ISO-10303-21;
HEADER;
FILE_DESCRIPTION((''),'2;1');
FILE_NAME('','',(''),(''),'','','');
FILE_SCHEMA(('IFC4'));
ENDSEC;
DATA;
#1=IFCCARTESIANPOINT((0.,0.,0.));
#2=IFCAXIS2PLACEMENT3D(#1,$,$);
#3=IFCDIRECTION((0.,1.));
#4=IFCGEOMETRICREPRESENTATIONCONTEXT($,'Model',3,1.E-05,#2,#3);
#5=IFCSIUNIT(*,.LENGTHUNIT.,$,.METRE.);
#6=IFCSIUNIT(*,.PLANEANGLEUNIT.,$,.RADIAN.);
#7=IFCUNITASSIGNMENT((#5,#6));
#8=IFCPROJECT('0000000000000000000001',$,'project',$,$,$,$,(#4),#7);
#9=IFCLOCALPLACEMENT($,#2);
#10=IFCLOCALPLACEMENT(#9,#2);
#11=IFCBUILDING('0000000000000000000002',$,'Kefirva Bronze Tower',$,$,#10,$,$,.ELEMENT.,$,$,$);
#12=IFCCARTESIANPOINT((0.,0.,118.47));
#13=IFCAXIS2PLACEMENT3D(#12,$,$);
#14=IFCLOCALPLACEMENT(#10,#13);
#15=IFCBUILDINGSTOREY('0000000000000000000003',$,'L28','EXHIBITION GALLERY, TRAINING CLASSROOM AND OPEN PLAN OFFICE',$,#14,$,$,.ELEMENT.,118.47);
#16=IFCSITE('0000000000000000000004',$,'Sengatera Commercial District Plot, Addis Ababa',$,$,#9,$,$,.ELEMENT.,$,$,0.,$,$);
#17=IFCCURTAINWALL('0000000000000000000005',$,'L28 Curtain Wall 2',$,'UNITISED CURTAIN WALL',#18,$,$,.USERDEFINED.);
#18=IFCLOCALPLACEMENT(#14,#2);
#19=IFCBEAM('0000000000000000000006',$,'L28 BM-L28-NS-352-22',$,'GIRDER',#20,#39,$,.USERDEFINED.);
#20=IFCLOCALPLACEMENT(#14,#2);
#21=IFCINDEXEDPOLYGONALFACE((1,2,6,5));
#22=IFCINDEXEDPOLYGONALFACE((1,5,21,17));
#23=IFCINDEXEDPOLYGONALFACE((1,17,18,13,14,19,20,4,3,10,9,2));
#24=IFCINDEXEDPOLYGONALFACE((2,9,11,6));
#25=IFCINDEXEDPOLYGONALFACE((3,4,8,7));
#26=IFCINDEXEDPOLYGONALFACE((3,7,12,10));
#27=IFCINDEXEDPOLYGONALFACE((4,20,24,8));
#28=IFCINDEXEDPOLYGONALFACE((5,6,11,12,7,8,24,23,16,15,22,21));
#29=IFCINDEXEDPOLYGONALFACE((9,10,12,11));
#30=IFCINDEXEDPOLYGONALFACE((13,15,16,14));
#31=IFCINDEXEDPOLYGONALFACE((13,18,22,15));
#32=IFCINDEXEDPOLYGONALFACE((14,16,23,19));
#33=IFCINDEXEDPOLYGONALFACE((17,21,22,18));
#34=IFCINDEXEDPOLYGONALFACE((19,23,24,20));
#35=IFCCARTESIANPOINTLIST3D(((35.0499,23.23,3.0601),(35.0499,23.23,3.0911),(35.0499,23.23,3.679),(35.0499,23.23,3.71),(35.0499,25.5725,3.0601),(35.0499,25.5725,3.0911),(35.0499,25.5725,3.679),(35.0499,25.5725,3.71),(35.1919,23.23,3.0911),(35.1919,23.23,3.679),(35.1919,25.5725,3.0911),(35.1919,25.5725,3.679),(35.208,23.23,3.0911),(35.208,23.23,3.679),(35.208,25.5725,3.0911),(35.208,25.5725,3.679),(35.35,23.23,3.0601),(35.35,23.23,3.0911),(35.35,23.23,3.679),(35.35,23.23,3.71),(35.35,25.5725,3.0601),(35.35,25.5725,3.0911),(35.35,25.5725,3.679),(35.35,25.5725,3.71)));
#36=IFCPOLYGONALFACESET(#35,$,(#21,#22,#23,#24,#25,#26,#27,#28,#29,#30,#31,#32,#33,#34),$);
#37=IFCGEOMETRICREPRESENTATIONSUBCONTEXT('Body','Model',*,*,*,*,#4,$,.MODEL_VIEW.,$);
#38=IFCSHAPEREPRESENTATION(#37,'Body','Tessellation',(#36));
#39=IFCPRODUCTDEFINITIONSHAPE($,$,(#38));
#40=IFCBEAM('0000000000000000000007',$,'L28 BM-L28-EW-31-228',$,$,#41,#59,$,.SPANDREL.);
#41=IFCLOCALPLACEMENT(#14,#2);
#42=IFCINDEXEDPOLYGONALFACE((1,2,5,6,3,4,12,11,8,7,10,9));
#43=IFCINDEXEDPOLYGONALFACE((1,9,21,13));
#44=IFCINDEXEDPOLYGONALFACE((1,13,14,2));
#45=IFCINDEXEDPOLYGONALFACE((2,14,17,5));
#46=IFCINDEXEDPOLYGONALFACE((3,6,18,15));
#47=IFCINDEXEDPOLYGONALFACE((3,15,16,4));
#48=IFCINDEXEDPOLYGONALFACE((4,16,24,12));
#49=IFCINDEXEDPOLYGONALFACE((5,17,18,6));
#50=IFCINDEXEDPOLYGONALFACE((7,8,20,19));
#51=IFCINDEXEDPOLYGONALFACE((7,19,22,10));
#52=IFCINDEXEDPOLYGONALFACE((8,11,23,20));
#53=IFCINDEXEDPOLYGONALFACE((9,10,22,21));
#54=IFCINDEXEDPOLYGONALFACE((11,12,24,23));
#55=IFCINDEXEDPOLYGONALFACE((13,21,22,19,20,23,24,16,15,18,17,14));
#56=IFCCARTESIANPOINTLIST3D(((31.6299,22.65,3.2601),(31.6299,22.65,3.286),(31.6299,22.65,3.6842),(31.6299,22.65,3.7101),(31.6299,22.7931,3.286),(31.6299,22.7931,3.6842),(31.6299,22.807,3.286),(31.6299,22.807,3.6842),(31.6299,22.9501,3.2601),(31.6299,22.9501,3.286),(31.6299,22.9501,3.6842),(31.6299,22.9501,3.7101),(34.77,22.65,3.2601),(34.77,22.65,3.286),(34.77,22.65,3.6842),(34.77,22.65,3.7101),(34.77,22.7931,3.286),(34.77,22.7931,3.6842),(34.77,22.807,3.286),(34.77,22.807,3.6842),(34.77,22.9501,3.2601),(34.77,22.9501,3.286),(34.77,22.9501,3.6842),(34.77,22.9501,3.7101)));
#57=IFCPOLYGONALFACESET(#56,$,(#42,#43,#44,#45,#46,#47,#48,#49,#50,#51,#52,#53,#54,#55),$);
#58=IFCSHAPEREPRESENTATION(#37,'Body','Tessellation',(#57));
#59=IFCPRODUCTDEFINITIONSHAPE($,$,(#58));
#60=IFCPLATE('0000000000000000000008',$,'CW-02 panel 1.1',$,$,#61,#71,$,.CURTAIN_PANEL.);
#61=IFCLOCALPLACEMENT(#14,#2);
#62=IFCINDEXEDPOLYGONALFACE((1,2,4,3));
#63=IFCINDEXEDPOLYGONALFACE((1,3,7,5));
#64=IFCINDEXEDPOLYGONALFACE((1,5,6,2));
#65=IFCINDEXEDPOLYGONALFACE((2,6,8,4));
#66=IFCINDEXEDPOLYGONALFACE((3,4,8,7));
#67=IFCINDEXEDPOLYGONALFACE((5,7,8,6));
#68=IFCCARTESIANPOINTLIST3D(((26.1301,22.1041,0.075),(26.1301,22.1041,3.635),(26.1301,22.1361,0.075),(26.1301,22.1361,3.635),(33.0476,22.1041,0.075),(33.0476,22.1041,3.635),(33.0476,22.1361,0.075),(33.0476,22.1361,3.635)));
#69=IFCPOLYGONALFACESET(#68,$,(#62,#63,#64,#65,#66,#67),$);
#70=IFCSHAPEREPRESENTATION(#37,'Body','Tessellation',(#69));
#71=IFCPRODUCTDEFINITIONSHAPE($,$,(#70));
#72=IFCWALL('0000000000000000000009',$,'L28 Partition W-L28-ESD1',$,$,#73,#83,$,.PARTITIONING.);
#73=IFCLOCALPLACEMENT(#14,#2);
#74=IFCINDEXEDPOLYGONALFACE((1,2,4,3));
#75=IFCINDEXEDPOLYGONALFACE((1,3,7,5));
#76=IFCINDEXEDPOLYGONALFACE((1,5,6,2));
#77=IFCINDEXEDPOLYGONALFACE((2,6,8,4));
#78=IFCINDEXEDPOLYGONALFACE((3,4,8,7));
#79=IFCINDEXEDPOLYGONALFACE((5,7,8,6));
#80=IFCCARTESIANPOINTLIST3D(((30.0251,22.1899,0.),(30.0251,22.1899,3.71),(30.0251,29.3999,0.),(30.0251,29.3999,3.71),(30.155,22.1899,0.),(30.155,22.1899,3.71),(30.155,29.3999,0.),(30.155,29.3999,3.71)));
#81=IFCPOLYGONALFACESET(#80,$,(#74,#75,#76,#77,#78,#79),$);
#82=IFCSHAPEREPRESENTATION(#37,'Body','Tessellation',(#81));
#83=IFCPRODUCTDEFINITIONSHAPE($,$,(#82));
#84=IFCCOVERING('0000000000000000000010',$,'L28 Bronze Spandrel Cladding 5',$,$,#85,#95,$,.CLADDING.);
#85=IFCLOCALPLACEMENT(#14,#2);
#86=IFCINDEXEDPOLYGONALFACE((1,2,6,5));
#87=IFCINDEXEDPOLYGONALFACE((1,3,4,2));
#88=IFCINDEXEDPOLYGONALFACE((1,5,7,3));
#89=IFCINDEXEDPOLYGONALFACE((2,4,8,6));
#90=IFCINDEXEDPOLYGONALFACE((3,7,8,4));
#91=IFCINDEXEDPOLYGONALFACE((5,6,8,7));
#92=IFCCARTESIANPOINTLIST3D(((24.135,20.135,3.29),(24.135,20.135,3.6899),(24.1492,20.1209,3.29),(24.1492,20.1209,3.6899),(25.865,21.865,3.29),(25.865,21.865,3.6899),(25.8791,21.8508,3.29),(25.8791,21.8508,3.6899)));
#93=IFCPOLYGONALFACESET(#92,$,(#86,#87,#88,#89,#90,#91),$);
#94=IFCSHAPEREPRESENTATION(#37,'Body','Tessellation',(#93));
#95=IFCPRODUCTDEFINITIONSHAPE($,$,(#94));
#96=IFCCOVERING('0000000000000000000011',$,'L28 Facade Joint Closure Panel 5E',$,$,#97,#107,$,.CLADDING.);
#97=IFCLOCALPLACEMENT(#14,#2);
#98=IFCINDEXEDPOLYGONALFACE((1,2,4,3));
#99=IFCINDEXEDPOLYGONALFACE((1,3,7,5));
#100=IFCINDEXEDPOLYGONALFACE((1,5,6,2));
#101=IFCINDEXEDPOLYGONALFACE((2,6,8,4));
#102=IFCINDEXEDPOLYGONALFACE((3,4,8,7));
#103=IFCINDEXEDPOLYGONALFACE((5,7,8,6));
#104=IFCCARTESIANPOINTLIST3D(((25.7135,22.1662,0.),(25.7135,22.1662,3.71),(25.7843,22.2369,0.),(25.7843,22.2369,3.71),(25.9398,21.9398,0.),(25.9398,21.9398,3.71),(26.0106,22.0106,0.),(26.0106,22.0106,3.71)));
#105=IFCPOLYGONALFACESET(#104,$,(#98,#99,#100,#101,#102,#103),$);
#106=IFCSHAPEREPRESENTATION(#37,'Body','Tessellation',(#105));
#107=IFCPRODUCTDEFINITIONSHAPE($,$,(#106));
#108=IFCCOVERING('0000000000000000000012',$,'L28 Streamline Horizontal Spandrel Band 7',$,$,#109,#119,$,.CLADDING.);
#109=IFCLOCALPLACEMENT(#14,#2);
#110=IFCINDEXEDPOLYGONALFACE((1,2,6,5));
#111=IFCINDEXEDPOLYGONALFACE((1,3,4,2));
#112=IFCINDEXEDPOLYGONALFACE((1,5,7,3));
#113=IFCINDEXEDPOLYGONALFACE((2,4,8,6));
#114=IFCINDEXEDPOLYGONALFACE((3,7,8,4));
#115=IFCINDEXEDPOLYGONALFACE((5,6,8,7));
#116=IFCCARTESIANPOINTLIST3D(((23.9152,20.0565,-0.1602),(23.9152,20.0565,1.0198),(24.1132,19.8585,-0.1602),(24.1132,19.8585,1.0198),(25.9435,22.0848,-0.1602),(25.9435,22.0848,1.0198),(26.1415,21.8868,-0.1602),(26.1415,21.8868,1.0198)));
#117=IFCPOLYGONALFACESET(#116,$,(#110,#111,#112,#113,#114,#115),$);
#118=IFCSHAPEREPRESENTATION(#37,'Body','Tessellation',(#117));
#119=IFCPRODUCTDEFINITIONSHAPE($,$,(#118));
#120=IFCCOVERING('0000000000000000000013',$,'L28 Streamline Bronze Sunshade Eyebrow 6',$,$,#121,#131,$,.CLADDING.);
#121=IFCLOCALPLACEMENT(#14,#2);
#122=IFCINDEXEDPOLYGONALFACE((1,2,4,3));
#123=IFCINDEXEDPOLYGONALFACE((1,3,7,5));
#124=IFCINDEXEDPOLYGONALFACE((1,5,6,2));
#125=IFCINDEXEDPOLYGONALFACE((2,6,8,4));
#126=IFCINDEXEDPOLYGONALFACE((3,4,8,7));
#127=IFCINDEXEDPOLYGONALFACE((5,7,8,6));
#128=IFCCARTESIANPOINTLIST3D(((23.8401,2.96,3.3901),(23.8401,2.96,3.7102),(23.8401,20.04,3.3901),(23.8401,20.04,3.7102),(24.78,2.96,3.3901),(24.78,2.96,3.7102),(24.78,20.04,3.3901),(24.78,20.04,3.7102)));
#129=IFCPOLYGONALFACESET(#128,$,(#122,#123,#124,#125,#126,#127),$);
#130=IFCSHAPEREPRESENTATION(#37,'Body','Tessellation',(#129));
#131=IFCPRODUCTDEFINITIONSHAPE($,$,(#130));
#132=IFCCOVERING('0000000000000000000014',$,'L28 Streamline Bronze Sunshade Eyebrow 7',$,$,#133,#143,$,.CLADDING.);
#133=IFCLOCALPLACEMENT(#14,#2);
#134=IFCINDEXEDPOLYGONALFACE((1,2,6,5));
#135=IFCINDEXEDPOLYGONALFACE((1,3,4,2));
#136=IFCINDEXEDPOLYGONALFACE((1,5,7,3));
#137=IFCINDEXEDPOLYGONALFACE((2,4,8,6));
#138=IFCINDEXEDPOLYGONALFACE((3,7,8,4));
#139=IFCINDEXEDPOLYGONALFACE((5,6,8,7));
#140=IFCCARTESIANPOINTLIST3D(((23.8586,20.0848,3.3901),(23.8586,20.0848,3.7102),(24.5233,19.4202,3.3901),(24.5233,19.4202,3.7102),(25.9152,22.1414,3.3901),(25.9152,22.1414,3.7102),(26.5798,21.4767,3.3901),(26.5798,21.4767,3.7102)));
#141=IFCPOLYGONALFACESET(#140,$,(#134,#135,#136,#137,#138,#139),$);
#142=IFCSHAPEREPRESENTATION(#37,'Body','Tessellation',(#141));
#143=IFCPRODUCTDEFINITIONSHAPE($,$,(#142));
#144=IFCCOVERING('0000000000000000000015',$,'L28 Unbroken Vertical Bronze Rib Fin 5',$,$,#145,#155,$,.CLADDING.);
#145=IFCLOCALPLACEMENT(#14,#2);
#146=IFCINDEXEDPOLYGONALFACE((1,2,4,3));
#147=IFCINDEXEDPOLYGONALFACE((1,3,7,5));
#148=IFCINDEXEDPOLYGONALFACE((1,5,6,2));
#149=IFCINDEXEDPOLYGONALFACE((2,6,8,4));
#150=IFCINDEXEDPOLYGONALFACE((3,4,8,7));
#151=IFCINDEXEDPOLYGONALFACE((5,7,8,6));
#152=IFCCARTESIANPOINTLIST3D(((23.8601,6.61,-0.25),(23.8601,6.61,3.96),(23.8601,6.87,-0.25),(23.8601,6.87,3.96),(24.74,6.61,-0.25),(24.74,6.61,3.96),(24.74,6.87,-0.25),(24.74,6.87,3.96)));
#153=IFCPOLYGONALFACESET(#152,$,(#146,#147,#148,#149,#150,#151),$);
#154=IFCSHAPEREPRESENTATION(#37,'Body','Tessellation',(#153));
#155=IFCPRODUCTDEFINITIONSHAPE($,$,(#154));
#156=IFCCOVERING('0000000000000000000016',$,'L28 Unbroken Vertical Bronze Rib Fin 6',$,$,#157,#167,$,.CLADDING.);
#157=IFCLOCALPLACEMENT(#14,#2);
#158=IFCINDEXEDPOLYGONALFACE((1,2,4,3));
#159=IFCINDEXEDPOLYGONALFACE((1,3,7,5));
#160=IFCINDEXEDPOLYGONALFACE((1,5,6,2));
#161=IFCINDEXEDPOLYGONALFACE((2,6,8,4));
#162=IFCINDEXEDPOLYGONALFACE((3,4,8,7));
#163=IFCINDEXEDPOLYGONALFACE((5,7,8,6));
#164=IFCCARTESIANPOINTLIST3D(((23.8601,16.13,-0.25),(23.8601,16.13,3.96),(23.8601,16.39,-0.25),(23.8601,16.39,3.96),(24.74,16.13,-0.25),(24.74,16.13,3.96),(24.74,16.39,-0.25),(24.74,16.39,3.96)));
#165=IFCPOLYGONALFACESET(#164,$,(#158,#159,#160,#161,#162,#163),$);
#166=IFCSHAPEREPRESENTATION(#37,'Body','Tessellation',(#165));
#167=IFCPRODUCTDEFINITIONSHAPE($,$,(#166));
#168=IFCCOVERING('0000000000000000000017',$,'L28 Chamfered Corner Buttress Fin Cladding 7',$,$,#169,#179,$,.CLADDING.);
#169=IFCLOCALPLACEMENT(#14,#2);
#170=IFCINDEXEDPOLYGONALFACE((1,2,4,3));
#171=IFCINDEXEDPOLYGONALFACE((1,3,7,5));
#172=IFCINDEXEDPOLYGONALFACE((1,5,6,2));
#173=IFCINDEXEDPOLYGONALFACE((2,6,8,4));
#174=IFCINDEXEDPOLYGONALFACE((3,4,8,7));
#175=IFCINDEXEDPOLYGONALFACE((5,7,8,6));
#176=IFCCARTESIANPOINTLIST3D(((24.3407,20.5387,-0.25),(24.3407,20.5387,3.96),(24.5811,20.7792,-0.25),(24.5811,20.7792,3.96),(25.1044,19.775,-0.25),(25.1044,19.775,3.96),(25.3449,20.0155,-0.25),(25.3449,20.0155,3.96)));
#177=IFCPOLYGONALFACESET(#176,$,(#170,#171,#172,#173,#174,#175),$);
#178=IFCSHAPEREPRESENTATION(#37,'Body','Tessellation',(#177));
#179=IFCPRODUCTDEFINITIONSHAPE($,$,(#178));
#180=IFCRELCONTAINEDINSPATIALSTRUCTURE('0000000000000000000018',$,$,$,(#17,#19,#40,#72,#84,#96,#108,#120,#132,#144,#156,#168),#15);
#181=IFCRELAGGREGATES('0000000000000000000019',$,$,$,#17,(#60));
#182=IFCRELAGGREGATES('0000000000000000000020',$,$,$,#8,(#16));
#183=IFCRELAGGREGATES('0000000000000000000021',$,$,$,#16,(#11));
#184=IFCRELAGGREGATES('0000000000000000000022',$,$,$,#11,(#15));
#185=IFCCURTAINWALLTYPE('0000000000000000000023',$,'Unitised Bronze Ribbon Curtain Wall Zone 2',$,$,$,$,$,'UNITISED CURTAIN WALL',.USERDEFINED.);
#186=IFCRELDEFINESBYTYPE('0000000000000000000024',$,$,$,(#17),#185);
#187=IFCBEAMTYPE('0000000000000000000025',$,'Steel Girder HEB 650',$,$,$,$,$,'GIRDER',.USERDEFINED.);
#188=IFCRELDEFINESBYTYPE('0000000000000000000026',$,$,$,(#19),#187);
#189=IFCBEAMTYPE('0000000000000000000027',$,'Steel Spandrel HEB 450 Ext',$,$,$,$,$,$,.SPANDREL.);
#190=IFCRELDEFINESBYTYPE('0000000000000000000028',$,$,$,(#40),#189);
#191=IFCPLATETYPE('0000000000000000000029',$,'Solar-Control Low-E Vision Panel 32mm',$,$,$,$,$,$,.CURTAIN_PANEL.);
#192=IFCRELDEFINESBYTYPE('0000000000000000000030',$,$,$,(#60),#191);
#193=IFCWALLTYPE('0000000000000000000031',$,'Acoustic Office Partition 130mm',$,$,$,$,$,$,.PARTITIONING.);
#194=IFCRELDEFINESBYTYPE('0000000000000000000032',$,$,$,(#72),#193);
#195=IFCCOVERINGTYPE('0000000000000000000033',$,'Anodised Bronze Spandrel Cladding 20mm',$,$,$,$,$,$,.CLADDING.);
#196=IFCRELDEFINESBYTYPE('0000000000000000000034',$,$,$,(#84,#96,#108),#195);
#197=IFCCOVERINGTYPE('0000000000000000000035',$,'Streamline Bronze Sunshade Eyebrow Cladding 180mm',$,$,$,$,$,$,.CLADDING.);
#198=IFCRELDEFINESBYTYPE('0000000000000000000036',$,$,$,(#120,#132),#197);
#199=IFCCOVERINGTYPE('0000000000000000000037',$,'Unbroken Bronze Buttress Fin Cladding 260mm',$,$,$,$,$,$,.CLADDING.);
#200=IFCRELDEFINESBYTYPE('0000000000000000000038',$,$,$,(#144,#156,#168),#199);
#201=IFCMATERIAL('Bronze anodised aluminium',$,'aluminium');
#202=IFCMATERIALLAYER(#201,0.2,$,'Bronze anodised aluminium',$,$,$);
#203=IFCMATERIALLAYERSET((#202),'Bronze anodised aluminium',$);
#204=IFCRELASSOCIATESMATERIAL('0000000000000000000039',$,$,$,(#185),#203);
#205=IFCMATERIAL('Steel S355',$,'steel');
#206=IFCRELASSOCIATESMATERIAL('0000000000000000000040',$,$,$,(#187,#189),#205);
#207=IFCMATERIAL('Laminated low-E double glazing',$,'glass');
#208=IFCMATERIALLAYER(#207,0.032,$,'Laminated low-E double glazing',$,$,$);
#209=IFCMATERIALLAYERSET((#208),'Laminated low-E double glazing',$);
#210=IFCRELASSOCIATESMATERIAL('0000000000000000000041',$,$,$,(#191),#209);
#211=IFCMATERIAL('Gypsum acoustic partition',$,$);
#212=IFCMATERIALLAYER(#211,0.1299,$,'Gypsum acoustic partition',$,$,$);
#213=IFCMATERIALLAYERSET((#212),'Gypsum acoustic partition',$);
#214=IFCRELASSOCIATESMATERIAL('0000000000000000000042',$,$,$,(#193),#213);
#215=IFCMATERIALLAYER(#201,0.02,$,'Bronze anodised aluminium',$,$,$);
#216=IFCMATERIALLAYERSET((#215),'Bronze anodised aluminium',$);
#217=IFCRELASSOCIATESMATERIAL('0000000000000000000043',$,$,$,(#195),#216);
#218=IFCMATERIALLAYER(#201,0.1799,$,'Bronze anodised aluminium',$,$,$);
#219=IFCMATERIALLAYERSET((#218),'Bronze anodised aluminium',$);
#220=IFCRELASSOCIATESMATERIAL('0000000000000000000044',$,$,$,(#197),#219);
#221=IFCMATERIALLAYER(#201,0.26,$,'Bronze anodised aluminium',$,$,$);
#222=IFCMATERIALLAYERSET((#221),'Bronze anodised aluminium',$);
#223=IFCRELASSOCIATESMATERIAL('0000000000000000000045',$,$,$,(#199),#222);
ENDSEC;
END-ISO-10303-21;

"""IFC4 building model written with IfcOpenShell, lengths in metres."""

from ifc_helpers import new_model, si_unit, direction, frame, frame_2d, origin, origin_2d, place, context, subcontext, project, spatial, rectangle, i_section, extrude, material, layer, layer_set, material_profile, profile_set, type_object, element, aggregate, save


model = new_model("IFC4")

# Units and contexts
model_context = context("Model", 3, precision=1e-05, world=origin(), true_north=direction((0.0, 1.0)))
body_context = subcontext(model_context, "Body", "Model", "MODEL_VIEW")
ifc_project = project(units=[si_unit("LENGTHUNIT", "METRE"), si_unit("PLANEANGLEUNIT", "RADIAN")], contexts=[model_context])

# Site, building, storey
site_placement = place(None, origin())
site = spatial("IfcSite", under=ifc_project, at=site_placement, Name="Sengatera Commercial District Plot, Addis Ababa", CompositionType="ELEMENT", RefElevation=0.0)
building_placement = place(site_placement, origin())
building = spatial("IfcBuilding", under=site, at=building_placement, Name="Kefirva Bronze Tower", CompositionType="ELEMENT")
storey_placement = place(building_placement, frame((0.0, 0.0, 118.47)))
storey = spatial("IfcBuildingStorey", under=building, at=storey_placement, Name="L28", Description="EXHIBITION GALLERY, TRAINING CLASSROOM AND OPEN PLAN OFFICE", CompositionType="ELEMENT", Elevation=118.47)

# Curtain wall
ifc_material_1 = material(Name="Bronze anodised aluminium", Category="aluminium")
ifc_layer_1 = layer(ifc_material_1, 0.2, Name="Bronze anodised aluminium")
ifc_layer_set_1 = layer_set([ifc_layer_1], Name="Bronze anodised aluminium")
curtain_wall_type = type_object("IfcCurtainWallType", Name="Unitised Bronze Ribbon Curtain Wall Zone 2", ElementType="UNITISED CURTAIN WALL", PredefinedType="USERDEFINED", material=ifc_layer_set_1)
curtain_wall_placement = place(storey_placement, origin())
curtain_wall = element("IfcCurtainWall", 1, at=curtain_wall_placement, inside=storey, type_object=curtain_wall_type, Name="L28 Curtain Wall 2", ObjectType="UNITISED CURTAIN WALL", PredefinedType="USERDEFINED")

# Beams
ifc_material_2 = material(Name="Steel S355", Category="steel")
ifc_material_profile_1 = material_profile(ifc_material_2, i_section(OverallWidth=0.3, OverallDepth=0.6499, WebThickness=0.0161, FlangeThickness=0.031, at=origin_2d()), Name="HEB 650")
ifc_profile_set_1 = profile_set([ifc_material_profile_1], Name="Steel S355")
beam_type_1 = type_object("IfcBeamType", Name="Steel Girder HEB 650", ElementType="GIRDER", PredefinedType="USERDEFINED", material=ifc_profile_set_1)
for number, where, z_axis, x_axis, name in (
    (2, (35.2, 23.23, 3.385), (0.0, 1.0, 0.0), (-1.0, 0.0, 0.0), "L28 BM-L28-NS-352-22"),
):
    element("IfcBeam", number, at=place(storey_placement, frame(where, z_axis=z_axis, x_axis=x_axis)), inside=storey, type_object=beam_type_1, Name=name, ObjectType="GIRDER", PredefinedType="USERDEFINED", context=body_context, shape_type="SweptSolid", body=[
        extrude(i_section(OverallWidth=0.3, OverallDepth=0.6499, WebThickness=0.0161, FlangeThickness=0.031, at=origin_2d()), origin(), (0.0, 0.0, 1.0), 2.3425),
    ])
ifc_material_profile_2 = material_profile(ifc_material_2, i_section(OverallWidth=0.3, OverallDepth=0.45, WebThickness=0.0139, FlangeThickness=0.0259, at=origin_2d()), Name="HEB 450")
ifc_profile_set_2 = profile_set([ifc_material_profile_2], Name="Steel S355")
beam_type_2 = type_object("IfcBeamType", Name="Steel Spandrel HEB 450 Ext", PredefinedType="SPANDREL", material=ifc_profile_set_2)
beam_1_placement = place(storey_placement, frame((31.6299, 22.8, 3.4851), z_axis=(1.0, 0.0, 0.0), x_axis=(0.0, 1.0, 0.0)))
element("IfcBeam", 3, at=beam_1_placement, inside=storey, type_object=beam_type_2, Name="L28 BM-L28-EW-31-228", PredefinedType="SPANDREL", context=body_context, shape_type="SweptSolid", body=[
    extrude(i_section(OverallWidth=0.3, OverallDepth=0.45, WebThickness=0.0139, FlangeThickness=0.0259, at=origin_2d()), origin(), (0.0, 0.0, 1.0), 3.1401),
])

# Plate
ifc_material_3 = material(Name="Laminated low-E double glazing", Category="glass")
ifc_layer_2 = layer(ifc_material_3, 0.032, Name="Laminated low-E double glazing")
ifc_layer_set_2 = layer_set([ifc_layer_2], Name="Laminated low-E double glazing")
plate_type = type_object("IfcPlateType", Name="Solar-Control Low-E Vision Panel 32mm", PredefinedType="CURTAIN_PANEL", material=ifc_layer_set_2)
plate_placement = place(storey_placement, frame((29.5889, 22.1201, 0.075), z_axis=(0.0, 0.0, 1.0), x_axis=(1.0, 0.0, 0.0)))
plate = element("IfcPlate", 4, at=plate_placement, type_object=plate_type, Name="CW-02 panel 1.1", PredefinedType="CURTAIN_PANEL", context=body_context, shape_type="SweptSolid", body=[
    extrude(rectangle(XDim=6.9175, YDim=0.032, at=origin_2d()), origin(), (0.0, 0.0, 1.0), 3.5601),
])
aggregate(curtain_wall, [plate])

# Wall
ifc_material_4 = material(Name="Gypsum acoustic partition")
ifc_layer_3 = layer(ifc_material_4, 0.1299, Name="Gypsum acoustic partition")
ifc_layer_set_3 = layer_set([ifc_layer_3], Name="Gypsum acoustic partition")
wall_type = type_object("IfcWallType", Name="Acoustic Office Partition 130mm", PredefinedType="PARTITIONING", material=ifc_layer_set_3)
wall_placement = place(storey_placement, frame((30.0901, 22.1899, 0.0), z_axis=(0.0, 0.0, 1.0), x_axis=(0.0, 1.0, 0.0)))
element("IfcWall", 5, at=wall_placement, inside=storey, type_object=wall_type, Name="L28 Partition W-L28-ESD1", PredefinedType="PARTITIONING", context=body_context, shape_type="SweptSolid", body=[
    extrude(rectangle(XDim=7.21, YDim=0.1299, at=frame_2d((3.605, 0.0))), origin(), (0.0, 0.0, 1.0), 3.71),
])

# Coverings
ifc_layer_4 = layer(ifc_material_1, 0.02, Name="Bronze anodised aluminium")
ifc_layer_set_4 = layer_set([ifc_layer_4], Name="Bronze anodised aluminium")
covering_type_1 = type_object("IfcCoveringType", Name="Anodised Bronze Spandrel Cladding 20mm", PredefinedType="CLADDING", material=ifc_layer_set_4)
covering_1_placement = place(storey_placement, frame((25.0071, 20.9929, 3.29), z_axis=(0.0, 0.0, 1.0), x_axis=(0.707107, 0.707107, 0.0)))
element("IfcCovering", 6, at=covering_1_placement, inside=storey, type_object=covering_type_1, Name="L28 Bronze Spandrel Cladding 5", PredefinedType="CLADDING", context=body_context, shape_type="SweptSolid", body=[
    extrude(rectangle(XDim=2.4465, YDim=0.02, at=origin_2d()), origin(), (0.0, 0.0, 1.0), 0.3999),
])
covering_2_placement = place(storey_placement, frame((25.8621, 22.0884, 0.0), z_axis=(0.0, 0.0, 1.0), x_axis=(0.707107, 0.707107, 0.0)))
element("IfcCovering", 7, at=covering_2_placement, inside=storey, type_object=covering_type_1, Name="L28 Facade Joint Closure Panel 5E", PredefinedType="CLADDING", context=body_context, shape_type="SweptSolid", body=[
    extrude(rectangle(XDim=0.1001, YDim=0.3201, at=origin_2d()), origin(), (0.0, 0.0, 1.0), 3.71),
])
covering_3_placement = place(storey_placement, frame((25.0283, 20.9717, -0.1602), z_axis=(0.0, 0.0, 1.0), x_axis=(0.707107, 0.707107, 0.0)))
element("IfcCovering", 8, at=covering_3_placement, inside=storey, type_object=covering_type_1, Name="L28 Streamline Horizontal Spandrel Band 7", PredefinedType="CLADDING", context=body_context, shape_type="SweptSolid", body=[
    extrude(rectangle(XDim=2.8684, YDim=0.28, at=origin_2d()), origin(), (0.0, 0.0, 1.0), 1.1799),
])
ifc_layer_5 = layer(ifc_material_1, 0.1799, Name="Bronze anodised aluminium")
ifc_layer_set_5 = layer_set([ifc_layer_5], Name="Bronze anodised aluminium")
covering_type_2 = type_object("IfcCoveringType", Name="Streamline Bronze Sunshade Eyebrow Cladding 180mm", PredefinedType="CLADDING", material=ifc_layer_set_5)
covering_4_placement = place(storey_placement, frame((24.3101, 11.5, 3.3901), z_axis=(0.0, 0.0, 1.0), x_axis=(0.0, 1.0, 0.0)))
element("IfcCovering", 9, at=covering_4_placement, inside=storey, type_object=covering_type_2, Name="L28 Streamline Bronze Sunshade Eyebrow 6", PredefinedType="CLADDING", context=body_context, shape_type="SweptSolid", body=[
    extrude(rectangle(XDim=17.0801, YDim=0.9399, at=origin_2d()), origin(), (0.0, 0.0, 1.0), 0.3201),
])
covering_5_placement = place(storey_placement, frame((25.2192, 20.7808, 3.3901), z_axis=(0.0, 0.0, 1.0), x_axis=(0.707107, 0.707107, 0.0)))
element("IfcCovering", 10, at=covering_5_placement, inside=storey, type_object=covering_type_2, Name="L28 Streamline Bronze Sunshade Eyebrow 7", PredefinedType="CLADDING", context=body_context, shape_type="SweptSolid", body=[
    extrude(rectangle(XDim=2.9084, YDim=0.9399, at=origin_2d()), origin(), (0.0, 0.0, 1.0), 0.3201),
])
ifc_layer_6 = layer(ifc_material_1, 0.26, Name="Bronze anodised aluminium")
ifc_layer_set_6 = layer_set([ifc_layer_6], Name="Bronze anodised aluminium")
covering_type_3 = type_object("IfcCoveringType", Name="Unbroken Bronze Buttress Fin Cladding 260mm", PredefinedType="CLADDING", material=ifc_layer_set_6)
for number, where, z_axis, x_axis, name in (
    (11, (24.3, 6.74, -0.25), (0.0, 0.0, 1.0), (0.0, 1.0, 0.0), "L28 Unbroken Vertical Bronze Rib Fin 5"),
    (12, (24.3, 16.26, -0.25), (0.0, 0.0, 1.0), (0.0, 1.0, 0.0), "L28 Unbroken Vertical Bronze Rib Fin 6"),
):
    element("IfcCovering", number, at=place(storey_placement, frame(where, z_axis=z_axis, x_axis=x_axis)), inside=storey, type_object=covering_type_3, Name=name, PredefinedType="CLADDING", context=body_context, shape_type="SweptSolid", body=[
        extrude(rectangle(XDim=0.26, YDim=0.8799, at=origin_2d()), origin(), (0.0, 0.0, 1.0), 4.21),
    ])
for number, where, z_axis, x_axis, name in (
    (13, (24.8428, 20.2771, -0.25), (0.0, 0.0, 1.0), (0.707107, 0.707107, 0.0), "L28 Chamfered Corner Buttress Fin Cladding 7"),
):
    element("IfcCovering", number, at=place(storey_placement, frame(where, z_axis=z_axis, x_axis=x_axis)), inside=storey, type_object=covering_type_3, Name=name, PredefinedType="CLADDING", context=body_context, shape_type="SweptSolid", body=[
        extrude(rectangle(XDim=0.3401, YDim=1.0801, at=origin_2d()), origin(), (0.0, 0.0, 1.0), 4.21),
    ])

save(model, "model.ifc")
